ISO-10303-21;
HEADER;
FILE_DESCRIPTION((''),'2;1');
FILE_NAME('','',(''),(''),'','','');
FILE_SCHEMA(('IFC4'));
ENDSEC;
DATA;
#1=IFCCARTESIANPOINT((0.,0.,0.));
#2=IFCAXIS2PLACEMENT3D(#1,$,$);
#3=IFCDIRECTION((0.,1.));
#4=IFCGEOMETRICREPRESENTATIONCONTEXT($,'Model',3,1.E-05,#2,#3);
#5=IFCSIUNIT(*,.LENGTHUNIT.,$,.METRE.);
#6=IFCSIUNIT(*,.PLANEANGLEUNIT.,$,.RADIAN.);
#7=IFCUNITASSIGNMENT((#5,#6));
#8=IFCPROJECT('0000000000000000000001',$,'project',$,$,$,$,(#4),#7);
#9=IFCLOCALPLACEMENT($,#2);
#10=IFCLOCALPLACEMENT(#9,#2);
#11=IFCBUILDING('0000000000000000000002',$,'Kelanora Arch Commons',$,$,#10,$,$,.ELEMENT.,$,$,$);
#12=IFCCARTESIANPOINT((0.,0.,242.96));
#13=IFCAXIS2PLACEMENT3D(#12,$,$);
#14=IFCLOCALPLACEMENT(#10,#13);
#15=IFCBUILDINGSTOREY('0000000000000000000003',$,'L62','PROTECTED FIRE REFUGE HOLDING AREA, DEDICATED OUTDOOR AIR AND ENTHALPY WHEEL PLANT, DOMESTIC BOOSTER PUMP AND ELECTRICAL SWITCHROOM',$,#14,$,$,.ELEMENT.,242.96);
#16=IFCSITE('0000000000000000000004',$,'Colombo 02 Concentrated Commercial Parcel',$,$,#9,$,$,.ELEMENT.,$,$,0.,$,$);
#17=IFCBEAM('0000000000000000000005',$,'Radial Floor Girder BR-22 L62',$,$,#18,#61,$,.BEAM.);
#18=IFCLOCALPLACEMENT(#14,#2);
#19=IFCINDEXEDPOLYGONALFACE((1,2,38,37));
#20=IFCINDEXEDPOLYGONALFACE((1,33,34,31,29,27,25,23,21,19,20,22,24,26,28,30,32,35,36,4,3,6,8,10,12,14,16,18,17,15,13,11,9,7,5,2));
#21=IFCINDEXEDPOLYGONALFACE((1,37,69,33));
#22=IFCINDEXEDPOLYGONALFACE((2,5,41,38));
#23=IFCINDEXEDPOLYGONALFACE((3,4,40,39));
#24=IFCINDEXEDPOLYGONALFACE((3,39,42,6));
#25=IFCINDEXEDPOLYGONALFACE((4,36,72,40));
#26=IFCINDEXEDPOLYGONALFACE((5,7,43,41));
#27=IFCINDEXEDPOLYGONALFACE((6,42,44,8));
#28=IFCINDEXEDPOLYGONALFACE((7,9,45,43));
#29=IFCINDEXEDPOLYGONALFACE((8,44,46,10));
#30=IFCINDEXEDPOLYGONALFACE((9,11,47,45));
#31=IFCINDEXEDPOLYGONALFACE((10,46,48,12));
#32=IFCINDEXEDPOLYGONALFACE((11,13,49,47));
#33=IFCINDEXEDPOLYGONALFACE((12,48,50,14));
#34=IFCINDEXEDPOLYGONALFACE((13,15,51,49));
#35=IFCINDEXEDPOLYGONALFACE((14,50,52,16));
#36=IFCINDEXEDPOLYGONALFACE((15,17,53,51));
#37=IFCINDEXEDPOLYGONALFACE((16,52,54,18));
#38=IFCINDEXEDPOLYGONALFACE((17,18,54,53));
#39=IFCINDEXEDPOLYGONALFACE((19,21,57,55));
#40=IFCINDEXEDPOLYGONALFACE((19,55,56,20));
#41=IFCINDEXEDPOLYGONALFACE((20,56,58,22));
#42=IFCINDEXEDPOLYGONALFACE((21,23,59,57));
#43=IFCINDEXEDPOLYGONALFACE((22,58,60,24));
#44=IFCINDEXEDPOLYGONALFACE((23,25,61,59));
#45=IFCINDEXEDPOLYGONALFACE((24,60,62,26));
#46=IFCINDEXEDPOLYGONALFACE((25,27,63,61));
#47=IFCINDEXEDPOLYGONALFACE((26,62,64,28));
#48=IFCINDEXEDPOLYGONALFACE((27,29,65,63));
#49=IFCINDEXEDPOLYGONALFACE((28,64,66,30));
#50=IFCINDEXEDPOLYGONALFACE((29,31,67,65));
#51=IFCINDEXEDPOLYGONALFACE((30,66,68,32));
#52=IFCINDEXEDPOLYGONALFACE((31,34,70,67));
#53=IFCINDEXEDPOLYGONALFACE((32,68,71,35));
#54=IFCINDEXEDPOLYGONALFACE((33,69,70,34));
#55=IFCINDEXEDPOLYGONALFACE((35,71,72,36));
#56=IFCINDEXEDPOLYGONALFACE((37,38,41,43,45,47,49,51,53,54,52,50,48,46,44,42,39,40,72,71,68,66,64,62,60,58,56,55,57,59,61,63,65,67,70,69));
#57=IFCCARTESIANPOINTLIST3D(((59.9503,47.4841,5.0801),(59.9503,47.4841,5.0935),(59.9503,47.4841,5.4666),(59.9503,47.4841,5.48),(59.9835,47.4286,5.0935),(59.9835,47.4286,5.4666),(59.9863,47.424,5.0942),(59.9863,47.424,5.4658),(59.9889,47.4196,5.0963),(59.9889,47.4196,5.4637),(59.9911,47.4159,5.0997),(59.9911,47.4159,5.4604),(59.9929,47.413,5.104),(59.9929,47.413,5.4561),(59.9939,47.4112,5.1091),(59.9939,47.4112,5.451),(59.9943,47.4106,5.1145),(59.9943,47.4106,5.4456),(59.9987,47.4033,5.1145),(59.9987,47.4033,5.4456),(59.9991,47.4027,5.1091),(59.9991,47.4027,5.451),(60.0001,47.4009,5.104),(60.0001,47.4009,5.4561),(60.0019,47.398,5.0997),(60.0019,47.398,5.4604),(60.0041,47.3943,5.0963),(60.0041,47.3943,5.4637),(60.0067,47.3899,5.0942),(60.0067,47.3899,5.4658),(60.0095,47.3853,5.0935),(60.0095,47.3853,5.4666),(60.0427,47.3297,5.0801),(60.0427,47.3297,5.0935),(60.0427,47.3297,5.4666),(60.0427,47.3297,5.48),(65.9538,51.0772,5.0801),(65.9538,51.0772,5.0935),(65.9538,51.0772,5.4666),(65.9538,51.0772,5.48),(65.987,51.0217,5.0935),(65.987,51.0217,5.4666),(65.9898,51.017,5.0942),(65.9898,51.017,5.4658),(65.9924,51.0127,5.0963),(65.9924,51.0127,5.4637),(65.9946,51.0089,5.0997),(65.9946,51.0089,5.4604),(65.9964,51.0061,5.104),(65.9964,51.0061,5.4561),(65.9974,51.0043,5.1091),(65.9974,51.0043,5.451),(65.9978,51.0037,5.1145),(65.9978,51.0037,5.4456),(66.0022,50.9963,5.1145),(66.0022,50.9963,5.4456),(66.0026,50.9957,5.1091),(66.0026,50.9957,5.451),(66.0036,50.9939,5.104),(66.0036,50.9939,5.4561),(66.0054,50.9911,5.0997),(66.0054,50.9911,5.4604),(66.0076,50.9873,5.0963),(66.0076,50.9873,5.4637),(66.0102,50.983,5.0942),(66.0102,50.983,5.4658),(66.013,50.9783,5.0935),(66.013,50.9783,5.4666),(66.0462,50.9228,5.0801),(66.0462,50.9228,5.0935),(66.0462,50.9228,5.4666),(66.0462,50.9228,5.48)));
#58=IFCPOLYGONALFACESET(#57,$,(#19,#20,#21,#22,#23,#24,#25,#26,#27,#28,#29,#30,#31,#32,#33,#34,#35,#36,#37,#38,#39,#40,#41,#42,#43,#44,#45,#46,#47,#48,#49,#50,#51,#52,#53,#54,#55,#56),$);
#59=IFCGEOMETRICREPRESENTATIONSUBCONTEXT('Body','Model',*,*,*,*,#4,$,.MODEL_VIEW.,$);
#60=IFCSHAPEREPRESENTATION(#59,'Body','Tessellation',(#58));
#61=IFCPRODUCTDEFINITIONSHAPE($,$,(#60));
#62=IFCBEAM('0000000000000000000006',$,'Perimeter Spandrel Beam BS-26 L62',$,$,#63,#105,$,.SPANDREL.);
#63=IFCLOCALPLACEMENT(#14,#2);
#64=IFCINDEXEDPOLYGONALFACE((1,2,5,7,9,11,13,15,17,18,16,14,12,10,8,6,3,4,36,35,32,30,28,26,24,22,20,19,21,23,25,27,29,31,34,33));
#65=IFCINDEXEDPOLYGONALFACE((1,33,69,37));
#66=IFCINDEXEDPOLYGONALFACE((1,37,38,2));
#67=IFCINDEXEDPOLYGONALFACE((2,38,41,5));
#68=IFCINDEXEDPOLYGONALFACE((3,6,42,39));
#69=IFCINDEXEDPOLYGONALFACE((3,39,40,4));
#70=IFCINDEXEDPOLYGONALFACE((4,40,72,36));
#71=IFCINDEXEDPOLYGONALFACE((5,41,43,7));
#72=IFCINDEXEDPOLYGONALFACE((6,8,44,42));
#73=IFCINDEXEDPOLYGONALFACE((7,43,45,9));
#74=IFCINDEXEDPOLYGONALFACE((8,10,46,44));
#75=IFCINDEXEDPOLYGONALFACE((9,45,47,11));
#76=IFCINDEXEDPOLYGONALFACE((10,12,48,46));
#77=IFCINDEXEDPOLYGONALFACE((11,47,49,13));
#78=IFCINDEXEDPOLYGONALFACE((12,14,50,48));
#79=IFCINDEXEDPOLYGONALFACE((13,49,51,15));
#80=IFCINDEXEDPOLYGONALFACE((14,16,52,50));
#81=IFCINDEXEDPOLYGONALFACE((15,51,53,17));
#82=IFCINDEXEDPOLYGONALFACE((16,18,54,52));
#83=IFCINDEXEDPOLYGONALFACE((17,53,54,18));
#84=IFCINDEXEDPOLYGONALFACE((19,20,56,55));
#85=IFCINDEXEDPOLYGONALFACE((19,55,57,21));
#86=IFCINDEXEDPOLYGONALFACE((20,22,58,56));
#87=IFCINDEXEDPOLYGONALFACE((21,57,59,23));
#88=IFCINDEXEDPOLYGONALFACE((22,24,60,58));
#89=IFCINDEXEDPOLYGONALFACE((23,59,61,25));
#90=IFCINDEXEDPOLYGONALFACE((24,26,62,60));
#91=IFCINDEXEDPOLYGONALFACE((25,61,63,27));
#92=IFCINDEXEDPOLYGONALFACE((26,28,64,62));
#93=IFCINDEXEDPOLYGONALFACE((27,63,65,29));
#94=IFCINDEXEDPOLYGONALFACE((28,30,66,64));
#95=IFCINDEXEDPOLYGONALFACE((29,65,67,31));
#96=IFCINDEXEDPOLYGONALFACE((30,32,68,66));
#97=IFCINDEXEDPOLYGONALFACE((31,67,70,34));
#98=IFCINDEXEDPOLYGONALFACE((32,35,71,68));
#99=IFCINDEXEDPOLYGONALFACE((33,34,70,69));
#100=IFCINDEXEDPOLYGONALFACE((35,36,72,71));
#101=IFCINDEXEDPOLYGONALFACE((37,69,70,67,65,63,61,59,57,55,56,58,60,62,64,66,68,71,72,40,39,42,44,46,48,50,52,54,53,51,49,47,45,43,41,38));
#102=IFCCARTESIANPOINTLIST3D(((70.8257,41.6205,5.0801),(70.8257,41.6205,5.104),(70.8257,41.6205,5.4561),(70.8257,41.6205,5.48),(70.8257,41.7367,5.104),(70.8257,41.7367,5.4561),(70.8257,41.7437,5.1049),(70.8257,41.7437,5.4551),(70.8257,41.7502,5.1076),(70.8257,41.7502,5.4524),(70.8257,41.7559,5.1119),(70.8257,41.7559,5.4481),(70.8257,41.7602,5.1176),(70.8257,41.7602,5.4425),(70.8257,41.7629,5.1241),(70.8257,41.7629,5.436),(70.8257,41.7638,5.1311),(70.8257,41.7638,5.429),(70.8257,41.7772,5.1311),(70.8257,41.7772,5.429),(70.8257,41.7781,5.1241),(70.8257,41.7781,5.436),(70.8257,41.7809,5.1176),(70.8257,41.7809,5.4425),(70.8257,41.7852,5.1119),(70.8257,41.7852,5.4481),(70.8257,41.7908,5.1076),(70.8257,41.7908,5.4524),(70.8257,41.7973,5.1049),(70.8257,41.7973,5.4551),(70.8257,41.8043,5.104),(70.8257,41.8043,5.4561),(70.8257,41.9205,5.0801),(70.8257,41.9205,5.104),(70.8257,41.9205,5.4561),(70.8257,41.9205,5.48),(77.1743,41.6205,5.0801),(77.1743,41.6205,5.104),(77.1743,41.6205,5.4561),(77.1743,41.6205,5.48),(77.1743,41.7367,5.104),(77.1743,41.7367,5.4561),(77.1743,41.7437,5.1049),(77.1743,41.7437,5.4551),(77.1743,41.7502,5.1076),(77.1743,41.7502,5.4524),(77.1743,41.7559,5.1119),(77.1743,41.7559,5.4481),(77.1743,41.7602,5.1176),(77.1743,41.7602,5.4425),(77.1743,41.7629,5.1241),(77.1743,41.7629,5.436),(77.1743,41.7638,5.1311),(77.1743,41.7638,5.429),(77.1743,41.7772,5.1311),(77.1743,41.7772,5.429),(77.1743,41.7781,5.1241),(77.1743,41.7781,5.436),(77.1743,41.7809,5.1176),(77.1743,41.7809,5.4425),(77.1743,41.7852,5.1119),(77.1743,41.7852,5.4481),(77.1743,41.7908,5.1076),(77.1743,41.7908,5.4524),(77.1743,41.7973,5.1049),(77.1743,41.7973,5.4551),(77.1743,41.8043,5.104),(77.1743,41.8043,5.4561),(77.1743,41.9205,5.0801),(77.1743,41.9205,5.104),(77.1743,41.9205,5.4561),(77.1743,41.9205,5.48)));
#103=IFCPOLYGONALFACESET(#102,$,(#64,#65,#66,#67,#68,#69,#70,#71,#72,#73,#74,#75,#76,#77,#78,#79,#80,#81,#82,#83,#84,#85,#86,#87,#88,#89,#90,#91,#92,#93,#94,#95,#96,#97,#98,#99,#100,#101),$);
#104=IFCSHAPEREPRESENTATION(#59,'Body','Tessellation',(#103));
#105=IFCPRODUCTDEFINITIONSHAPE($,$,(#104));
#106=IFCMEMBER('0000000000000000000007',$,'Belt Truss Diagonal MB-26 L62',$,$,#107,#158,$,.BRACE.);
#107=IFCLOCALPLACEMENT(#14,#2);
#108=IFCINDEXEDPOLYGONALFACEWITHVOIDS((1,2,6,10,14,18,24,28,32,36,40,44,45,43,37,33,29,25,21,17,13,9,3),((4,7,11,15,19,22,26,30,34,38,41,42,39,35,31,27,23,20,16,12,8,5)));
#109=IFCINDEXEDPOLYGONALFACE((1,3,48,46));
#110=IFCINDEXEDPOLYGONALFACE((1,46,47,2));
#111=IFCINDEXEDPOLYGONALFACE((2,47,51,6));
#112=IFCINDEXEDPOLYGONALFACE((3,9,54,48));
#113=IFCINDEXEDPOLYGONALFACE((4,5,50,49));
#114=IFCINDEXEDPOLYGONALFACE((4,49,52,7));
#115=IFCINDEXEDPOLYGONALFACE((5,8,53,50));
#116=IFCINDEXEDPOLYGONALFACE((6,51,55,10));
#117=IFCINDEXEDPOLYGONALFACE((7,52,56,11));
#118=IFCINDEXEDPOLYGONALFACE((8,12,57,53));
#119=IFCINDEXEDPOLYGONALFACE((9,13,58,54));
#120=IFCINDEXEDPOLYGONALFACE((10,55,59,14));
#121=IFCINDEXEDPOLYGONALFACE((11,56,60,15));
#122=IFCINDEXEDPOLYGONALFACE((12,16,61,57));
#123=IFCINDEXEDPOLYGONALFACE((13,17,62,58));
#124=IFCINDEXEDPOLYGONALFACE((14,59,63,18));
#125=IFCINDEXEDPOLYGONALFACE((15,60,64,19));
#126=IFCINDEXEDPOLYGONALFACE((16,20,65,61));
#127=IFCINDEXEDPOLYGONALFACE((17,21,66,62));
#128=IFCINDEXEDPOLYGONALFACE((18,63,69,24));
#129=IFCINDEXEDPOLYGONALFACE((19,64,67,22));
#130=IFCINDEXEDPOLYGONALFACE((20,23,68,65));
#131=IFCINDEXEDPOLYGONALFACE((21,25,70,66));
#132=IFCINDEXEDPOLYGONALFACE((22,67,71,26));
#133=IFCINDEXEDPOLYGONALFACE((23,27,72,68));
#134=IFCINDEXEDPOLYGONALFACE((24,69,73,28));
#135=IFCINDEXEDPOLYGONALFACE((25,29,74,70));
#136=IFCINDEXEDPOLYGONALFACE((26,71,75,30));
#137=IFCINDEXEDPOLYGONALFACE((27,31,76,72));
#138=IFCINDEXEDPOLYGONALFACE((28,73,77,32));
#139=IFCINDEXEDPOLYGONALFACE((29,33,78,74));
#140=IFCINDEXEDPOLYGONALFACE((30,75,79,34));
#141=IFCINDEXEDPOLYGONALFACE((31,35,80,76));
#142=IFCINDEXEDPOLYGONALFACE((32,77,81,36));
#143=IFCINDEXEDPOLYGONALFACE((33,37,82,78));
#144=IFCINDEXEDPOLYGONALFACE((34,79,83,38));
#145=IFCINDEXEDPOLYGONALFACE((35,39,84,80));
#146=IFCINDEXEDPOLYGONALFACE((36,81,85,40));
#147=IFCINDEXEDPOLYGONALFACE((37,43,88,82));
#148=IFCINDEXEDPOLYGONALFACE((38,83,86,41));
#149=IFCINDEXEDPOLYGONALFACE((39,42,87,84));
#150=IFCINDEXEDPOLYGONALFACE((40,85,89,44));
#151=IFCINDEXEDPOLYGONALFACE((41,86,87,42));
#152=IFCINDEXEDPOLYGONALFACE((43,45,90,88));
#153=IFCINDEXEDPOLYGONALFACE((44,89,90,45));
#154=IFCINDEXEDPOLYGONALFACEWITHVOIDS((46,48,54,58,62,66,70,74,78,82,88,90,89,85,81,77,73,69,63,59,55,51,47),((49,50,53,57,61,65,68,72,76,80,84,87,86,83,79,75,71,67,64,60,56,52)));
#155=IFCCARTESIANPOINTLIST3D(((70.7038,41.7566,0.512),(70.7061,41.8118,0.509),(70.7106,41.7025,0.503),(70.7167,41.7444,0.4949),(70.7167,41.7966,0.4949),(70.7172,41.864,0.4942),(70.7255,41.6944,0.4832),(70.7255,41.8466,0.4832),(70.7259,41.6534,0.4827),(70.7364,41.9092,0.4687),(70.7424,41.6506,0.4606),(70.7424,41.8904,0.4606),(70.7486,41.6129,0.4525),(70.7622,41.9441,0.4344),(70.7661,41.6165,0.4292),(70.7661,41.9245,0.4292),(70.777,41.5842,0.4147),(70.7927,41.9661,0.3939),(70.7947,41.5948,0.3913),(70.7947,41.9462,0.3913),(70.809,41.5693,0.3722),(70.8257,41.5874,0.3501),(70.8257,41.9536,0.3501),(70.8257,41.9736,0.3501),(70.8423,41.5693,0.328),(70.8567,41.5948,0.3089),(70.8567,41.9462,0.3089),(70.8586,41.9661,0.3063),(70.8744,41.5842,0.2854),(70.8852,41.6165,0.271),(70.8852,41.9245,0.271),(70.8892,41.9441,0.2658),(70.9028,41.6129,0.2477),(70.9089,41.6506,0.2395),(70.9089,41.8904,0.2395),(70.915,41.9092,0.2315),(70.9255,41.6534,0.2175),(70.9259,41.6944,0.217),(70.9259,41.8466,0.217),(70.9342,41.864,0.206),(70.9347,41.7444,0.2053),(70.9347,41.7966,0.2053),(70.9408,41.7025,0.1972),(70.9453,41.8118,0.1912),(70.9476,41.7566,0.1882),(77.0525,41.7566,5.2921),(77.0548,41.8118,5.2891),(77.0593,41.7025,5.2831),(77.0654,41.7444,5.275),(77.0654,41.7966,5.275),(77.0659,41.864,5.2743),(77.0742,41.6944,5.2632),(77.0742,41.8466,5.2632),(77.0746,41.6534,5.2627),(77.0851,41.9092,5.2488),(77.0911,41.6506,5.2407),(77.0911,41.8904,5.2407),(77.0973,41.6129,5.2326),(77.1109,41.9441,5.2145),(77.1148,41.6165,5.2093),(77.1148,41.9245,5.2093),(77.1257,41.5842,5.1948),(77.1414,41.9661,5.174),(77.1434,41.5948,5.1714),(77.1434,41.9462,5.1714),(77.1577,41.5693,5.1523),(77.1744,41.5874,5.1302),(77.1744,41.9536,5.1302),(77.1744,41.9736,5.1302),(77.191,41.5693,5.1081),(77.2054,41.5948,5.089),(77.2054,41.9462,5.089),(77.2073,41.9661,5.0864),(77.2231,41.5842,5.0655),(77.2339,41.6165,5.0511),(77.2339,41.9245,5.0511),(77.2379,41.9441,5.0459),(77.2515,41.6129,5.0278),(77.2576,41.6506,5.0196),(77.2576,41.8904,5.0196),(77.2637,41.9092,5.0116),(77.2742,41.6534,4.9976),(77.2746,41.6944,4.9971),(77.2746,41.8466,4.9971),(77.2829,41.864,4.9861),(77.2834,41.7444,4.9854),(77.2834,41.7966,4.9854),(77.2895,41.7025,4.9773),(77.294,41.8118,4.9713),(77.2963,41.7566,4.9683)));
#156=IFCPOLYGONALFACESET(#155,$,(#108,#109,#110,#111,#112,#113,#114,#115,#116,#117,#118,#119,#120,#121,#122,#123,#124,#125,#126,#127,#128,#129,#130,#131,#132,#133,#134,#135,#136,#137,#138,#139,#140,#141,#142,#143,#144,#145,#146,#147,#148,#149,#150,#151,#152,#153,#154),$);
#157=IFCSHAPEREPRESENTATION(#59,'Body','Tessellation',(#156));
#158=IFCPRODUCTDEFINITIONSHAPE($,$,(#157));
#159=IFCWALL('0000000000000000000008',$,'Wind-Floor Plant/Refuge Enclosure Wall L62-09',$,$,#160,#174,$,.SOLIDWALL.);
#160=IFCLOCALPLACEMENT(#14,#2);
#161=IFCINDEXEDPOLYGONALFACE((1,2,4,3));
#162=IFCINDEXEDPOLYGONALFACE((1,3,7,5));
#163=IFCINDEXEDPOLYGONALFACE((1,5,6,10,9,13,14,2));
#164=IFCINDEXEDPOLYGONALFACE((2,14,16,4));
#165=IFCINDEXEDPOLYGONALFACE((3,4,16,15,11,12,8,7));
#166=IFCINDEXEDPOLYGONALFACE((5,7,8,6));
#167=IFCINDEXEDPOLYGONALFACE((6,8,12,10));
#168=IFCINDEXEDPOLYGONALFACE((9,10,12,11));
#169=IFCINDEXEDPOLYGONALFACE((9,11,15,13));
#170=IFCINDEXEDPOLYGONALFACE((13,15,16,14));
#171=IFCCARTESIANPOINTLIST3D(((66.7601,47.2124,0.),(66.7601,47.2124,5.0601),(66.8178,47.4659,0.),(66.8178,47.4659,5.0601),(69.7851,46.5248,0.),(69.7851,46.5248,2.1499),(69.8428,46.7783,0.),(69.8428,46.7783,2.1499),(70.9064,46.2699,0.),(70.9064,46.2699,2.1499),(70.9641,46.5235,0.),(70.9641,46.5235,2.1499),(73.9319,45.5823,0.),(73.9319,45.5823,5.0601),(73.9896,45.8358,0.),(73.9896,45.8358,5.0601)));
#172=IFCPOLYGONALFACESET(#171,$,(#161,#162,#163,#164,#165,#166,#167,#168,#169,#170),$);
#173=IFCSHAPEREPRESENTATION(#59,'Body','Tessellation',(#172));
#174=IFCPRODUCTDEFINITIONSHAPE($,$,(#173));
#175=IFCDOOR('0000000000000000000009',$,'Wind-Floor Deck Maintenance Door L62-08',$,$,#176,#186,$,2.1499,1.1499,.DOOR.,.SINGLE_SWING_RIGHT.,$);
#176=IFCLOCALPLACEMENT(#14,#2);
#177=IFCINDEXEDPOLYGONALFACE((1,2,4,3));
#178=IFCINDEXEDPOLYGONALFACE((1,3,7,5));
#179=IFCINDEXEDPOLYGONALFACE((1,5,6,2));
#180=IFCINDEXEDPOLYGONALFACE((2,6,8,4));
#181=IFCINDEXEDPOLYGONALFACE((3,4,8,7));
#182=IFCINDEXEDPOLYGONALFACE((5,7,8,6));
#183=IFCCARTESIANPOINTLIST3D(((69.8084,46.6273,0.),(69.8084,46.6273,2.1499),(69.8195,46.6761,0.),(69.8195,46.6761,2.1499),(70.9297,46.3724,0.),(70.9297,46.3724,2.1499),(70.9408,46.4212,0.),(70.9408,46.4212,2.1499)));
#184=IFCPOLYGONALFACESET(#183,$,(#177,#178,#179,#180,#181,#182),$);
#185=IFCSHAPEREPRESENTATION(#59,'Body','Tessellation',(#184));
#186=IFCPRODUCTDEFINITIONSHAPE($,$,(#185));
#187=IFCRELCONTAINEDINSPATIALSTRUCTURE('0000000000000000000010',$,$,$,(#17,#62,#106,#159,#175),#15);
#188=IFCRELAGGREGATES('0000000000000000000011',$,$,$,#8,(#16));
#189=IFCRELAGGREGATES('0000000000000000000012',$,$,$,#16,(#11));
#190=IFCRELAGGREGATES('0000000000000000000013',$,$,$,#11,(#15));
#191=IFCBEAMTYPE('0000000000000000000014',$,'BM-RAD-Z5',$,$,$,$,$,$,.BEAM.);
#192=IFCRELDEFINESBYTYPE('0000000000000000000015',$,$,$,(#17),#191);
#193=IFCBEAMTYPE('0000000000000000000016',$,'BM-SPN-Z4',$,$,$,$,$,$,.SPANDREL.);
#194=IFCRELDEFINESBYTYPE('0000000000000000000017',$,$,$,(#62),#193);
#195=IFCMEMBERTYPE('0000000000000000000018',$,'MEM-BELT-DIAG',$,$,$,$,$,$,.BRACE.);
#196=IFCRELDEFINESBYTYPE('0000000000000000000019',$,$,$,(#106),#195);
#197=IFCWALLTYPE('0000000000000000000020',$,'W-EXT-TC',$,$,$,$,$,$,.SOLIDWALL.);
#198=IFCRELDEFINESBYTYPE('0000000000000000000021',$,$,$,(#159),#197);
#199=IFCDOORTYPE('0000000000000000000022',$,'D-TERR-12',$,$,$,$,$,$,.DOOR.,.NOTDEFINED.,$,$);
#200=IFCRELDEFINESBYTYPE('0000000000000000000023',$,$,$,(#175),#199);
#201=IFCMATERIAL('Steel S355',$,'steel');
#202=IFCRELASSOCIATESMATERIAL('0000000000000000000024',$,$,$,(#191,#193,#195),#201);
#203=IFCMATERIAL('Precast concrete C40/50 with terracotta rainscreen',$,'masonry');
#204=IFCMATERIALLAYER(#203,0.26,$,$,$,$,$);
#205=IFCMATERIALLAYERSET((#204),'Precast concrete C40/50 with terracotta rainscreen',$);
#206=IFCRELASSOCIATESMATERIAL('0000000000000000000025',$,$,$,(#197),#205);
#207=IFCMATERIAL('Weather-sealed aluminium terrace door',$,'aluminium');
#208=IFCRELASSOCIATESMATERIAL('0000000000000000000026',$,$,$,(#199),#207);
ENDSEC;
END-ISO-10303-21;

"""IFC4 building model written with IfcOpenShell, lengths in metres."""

from ifc_helpers import new_model, si_unit, direction, frame, frame_2d, origin, origin_2d, place, context, subcontext, project, spatial, rectangle, hollow_circle, i_section, extrude, material, layer, layer_set, material_profile, profile_set, type_object, element, fill, save


model = new_model("IFC4")

# Units and contexts
model_context = context("Model", 3, precision=1e-05, world=origin(), true_north=direction((0.0, 1.0)))
body_context = subcontext(model_context, "Body", "Model", "MODEL_VIEW")
ifc_project = project(units=[si_unit("LENGTHUNIT", "METRE"), si_unit("PLANEANGLEUNIT", "RADIAN")], contexts=[model_context])

# Site, building, storey
site_placement = place(None, origin())
site = spatial("IfcSite", under=ifc_project, at=site_placement, Name="Colombo 02 Concentrated Commercial Parcel", CompositionType="ELEMENT", RefElevation=0.0)
building_placement = place(site_placement, origin())
building = spatial("IfcBuilding", under=site, at=building_placement, Name="Kelanora Arch Commons", CompositionType="ELEMENT")
storey_placement = place(building_placement, frame((0.0, 0.0, 242.96)))
storey = spatial("IfcBuildingStorey", under=building, at=storey_placement, Name="L62", Description="PROTECTED FIRE REFUGE HOLDING AREA, DEDICATED OUTDOOR AIR AND ENTHALPY WHEEL PLANT, DOMESTIC BOOSTER PUMP AND ELECTRICAL SWITCHROOM", CompositionType="ELEMENT", Elevation=242.96)

# Beams
ifc_material_1 = material(Name="Steel S355", Category="steel")
ifc_material_profile_1 = material_profile(ifc_material_1, i_section(OverallWidth=0.1799, OverallDepth=0.3999, WebThickness=0.0085, FlangeThickness=0.0134, FilletRadius=0.021, at=origin_2d()), Name="IPE400")
ifc_profile_set_1 = profile_set([ifc_material_profile_1], Name="Steel S355")
beam_type_1 = type_object("IfcBeamType", Name="BM-RAD-Z5", PredefinedType="BEAM", material=ifc_profile_set_1)
beam_1_placement = place(storey_placement, frame((66.0, 51.0, 5.28), z_axis=(-0.858062, -0.513546, 0.0), x_axis=(0.513546, -0.858062, 0.0)))
element("IfcBeam", 1, at=beam_1_placement, inside=storey, type_object=beam_type_1, Name="Radial Floor Girder BR-22 L62", PredefinedType="BEAM", context=body_context, shape_type="SweptSolid", body=[
    extrude(i_section(OverallWidth=0.1799, OverallDepth=0.3999, WebThickness=0.0085, FlangeThickness=0.0134, FilletRadius=0.021, at=origin_2d()), origin(), (0.0, 0.0, 1.0), 6.9966),
])
ifc_material_profile_2 = material_profile(ifc_material_1, i_section(OverallWidth=0.3, OverallDepth=0.3999, WebThickness=0.0134, FlangeThickness=0.0239, FilletRadius=0.0271, at=origin_2d()), Name="HEB400")
ifc_profile_set_2 = profile_set([ifc_material_profile_2], Name="Steel S355")
beam_type_2 = type_object("IfcBeamType", Name="BM-SPN-Z4", PredefinedType="SPANDREL", material=ifc_profile_set_2)
beam_2_placement = place(storey_placement, frame((70.8257, 41.7705, 5.28), z_axis=(1.0, 0.0, 0.0), x_axis=(0.0, 1.0, 0.0)))
element("IfcBeam", 2, at=beam_2_placement, inside=storey, type_object=beam_type_2, Name="Perimeter Spandrel Beam BS-26 L62", PredefinedType="SPANDREL", context=body_context, shape_type="SweptSolid", body=[
    extrude(i_section(OverallWidth=0.3, OverallDepth=0.3999, WebThickness=0.0134, FlangeThickness=0.0239, FilletRadius=0.0271, at=origin_2d()), origin(), (0.0, 0.0, 1.0), 6.3486),
])

# Member
ifc_material_profile_3 = material_profile(ifc_material_1, hollow_circle(Radius=0.2031, WallThickness=0.02, at=origin_2d()), Name="CHS406.4x20")
ifc_profile_set_3 = profile_set([ifc_material_profile_3], Name="Steel S355")
member_type = type_object("IfcMemberType", Name="MEM-BELT-DIAG", PredefinedType="BRACE", material=ifc_profile_set_3)
member_placement = place(storey_placement, frame((70.8257, 41.7705, 0.3501), z_axis=(0.798878, 0.0, 0.601493), x_axis=(0.0, 1.0, 0.0)))
element("IfcMember", 3, at=member_placement, inside=storey, type_object=member_type, Name="Belt Truss Diagonal MB-26 L62", PredefinedType="BRACE", context=body_context, shape_type="SweptSolid", body=[
    extrude(hollow_circle(Radius=0.2031, WallThickness=0.02, at=origin_2d()), origin(), (0.0, 0.0, 1.0), 7.947),
])

# Wall, opening, door
ifc_material_2 = material(Name="Precast concrete C40/50 with terracotta rainscreen", Category="masonry")
ifc_layer_1 = layer(ifc_material_2, 0.26)
ifc_layer_set_1 = layer_set([ifc_layer_1], Name="Precast concrete C40/50 with terracotta rainscreen")
wall_type_1 = type_object("IfcWallType", Name="W-EXT-TC", PredefinedType="SOLIDWALL", material=ifc_layer_set_1)
wall_1_placement = place(storey_placement, frame((66.7891, 47.3391, 0.0), z_axis=(0.0, 0.0, 1.0), x_axis=(0.975128, -0.221641, 0.0)))
wall_1 = element("IfcWall", 4, at=wall_1_placement, inside=storey, type_object=wall_type_1, Name="Wind-Floor Plant/Refuge Enclosure Wall L62-09", PredefinedType="SOLIDWALL", context=body_context, shape_type="SweptSolid", body=[
    extrude(rectangle(XDim=7.3547, YDim=0.26, at=frame_2d((3.6772, 0.0))), origin(), (0.0, 0.0, 1.0), 5.0601),
])
opening_1_placement = place(wall_1_placement, frame((3.1021, 0.0, 0.0)))
opening_1 = element("IfcOpeningElement", 5, at=opening_1_placement, cuts=wall_1, PredefinedType="OPENING", context=body_context, shape_type="SweptSolid", body=[
    extrude(rectangle(XDim=1.1499, YDim=2.1499, at=frame_2d((0.575, 1.075))), frame((0.0, 0.1401, 0.0), z_axis=(0.0, -1.0, 0.0), x_axis=(1.0, 0.0, 0.0)), (0.0, 0.0, 1.0), 0.28),
])
ifc_material_3 = material(Name="Weather-sealed aluminium terrace door", Category="aluminium")
door_type_1 = type_object("IfcDoorType", Name="D-TERR-12", OperationType="NOTDEFINED", PredefinedType="DOOR", material=ifc_material_3)
door_1_placement = place(opening_1_placement, frame((1.1499, 0.0, 0.0), z_axis=(0.0, 0.0, 1.0), x_axis=(-1.0, 0.0, 0.0)))
door_1 = element("IfcDoor", 6, at=door_1_placement, inside=storey, type_object=door_type_1, Name="Wind-Floor Deck Maintenance Door L62-08", OperationType="SINGLE_SWING_RIGHT", OverallHeight=2.1499, OverallWidth=1.1499, PredefinedType="DOOR", context=body_context, shape_type="SweptSolid", body=[
    extrude(rectangle(XDim=1.1499, YDim=2.1499, at=frame_2d((0.575, 1.075))), frame((0.0, 0.0249, 0.0), z_axis=(0.0, -1.0, 0.0), x_axis=(1.0, 0.0, 0.0)), (0.0, 0.0, 1.0), 0.05),
])
fill(opening_1, door_1)

save(model, "model.ifc")
